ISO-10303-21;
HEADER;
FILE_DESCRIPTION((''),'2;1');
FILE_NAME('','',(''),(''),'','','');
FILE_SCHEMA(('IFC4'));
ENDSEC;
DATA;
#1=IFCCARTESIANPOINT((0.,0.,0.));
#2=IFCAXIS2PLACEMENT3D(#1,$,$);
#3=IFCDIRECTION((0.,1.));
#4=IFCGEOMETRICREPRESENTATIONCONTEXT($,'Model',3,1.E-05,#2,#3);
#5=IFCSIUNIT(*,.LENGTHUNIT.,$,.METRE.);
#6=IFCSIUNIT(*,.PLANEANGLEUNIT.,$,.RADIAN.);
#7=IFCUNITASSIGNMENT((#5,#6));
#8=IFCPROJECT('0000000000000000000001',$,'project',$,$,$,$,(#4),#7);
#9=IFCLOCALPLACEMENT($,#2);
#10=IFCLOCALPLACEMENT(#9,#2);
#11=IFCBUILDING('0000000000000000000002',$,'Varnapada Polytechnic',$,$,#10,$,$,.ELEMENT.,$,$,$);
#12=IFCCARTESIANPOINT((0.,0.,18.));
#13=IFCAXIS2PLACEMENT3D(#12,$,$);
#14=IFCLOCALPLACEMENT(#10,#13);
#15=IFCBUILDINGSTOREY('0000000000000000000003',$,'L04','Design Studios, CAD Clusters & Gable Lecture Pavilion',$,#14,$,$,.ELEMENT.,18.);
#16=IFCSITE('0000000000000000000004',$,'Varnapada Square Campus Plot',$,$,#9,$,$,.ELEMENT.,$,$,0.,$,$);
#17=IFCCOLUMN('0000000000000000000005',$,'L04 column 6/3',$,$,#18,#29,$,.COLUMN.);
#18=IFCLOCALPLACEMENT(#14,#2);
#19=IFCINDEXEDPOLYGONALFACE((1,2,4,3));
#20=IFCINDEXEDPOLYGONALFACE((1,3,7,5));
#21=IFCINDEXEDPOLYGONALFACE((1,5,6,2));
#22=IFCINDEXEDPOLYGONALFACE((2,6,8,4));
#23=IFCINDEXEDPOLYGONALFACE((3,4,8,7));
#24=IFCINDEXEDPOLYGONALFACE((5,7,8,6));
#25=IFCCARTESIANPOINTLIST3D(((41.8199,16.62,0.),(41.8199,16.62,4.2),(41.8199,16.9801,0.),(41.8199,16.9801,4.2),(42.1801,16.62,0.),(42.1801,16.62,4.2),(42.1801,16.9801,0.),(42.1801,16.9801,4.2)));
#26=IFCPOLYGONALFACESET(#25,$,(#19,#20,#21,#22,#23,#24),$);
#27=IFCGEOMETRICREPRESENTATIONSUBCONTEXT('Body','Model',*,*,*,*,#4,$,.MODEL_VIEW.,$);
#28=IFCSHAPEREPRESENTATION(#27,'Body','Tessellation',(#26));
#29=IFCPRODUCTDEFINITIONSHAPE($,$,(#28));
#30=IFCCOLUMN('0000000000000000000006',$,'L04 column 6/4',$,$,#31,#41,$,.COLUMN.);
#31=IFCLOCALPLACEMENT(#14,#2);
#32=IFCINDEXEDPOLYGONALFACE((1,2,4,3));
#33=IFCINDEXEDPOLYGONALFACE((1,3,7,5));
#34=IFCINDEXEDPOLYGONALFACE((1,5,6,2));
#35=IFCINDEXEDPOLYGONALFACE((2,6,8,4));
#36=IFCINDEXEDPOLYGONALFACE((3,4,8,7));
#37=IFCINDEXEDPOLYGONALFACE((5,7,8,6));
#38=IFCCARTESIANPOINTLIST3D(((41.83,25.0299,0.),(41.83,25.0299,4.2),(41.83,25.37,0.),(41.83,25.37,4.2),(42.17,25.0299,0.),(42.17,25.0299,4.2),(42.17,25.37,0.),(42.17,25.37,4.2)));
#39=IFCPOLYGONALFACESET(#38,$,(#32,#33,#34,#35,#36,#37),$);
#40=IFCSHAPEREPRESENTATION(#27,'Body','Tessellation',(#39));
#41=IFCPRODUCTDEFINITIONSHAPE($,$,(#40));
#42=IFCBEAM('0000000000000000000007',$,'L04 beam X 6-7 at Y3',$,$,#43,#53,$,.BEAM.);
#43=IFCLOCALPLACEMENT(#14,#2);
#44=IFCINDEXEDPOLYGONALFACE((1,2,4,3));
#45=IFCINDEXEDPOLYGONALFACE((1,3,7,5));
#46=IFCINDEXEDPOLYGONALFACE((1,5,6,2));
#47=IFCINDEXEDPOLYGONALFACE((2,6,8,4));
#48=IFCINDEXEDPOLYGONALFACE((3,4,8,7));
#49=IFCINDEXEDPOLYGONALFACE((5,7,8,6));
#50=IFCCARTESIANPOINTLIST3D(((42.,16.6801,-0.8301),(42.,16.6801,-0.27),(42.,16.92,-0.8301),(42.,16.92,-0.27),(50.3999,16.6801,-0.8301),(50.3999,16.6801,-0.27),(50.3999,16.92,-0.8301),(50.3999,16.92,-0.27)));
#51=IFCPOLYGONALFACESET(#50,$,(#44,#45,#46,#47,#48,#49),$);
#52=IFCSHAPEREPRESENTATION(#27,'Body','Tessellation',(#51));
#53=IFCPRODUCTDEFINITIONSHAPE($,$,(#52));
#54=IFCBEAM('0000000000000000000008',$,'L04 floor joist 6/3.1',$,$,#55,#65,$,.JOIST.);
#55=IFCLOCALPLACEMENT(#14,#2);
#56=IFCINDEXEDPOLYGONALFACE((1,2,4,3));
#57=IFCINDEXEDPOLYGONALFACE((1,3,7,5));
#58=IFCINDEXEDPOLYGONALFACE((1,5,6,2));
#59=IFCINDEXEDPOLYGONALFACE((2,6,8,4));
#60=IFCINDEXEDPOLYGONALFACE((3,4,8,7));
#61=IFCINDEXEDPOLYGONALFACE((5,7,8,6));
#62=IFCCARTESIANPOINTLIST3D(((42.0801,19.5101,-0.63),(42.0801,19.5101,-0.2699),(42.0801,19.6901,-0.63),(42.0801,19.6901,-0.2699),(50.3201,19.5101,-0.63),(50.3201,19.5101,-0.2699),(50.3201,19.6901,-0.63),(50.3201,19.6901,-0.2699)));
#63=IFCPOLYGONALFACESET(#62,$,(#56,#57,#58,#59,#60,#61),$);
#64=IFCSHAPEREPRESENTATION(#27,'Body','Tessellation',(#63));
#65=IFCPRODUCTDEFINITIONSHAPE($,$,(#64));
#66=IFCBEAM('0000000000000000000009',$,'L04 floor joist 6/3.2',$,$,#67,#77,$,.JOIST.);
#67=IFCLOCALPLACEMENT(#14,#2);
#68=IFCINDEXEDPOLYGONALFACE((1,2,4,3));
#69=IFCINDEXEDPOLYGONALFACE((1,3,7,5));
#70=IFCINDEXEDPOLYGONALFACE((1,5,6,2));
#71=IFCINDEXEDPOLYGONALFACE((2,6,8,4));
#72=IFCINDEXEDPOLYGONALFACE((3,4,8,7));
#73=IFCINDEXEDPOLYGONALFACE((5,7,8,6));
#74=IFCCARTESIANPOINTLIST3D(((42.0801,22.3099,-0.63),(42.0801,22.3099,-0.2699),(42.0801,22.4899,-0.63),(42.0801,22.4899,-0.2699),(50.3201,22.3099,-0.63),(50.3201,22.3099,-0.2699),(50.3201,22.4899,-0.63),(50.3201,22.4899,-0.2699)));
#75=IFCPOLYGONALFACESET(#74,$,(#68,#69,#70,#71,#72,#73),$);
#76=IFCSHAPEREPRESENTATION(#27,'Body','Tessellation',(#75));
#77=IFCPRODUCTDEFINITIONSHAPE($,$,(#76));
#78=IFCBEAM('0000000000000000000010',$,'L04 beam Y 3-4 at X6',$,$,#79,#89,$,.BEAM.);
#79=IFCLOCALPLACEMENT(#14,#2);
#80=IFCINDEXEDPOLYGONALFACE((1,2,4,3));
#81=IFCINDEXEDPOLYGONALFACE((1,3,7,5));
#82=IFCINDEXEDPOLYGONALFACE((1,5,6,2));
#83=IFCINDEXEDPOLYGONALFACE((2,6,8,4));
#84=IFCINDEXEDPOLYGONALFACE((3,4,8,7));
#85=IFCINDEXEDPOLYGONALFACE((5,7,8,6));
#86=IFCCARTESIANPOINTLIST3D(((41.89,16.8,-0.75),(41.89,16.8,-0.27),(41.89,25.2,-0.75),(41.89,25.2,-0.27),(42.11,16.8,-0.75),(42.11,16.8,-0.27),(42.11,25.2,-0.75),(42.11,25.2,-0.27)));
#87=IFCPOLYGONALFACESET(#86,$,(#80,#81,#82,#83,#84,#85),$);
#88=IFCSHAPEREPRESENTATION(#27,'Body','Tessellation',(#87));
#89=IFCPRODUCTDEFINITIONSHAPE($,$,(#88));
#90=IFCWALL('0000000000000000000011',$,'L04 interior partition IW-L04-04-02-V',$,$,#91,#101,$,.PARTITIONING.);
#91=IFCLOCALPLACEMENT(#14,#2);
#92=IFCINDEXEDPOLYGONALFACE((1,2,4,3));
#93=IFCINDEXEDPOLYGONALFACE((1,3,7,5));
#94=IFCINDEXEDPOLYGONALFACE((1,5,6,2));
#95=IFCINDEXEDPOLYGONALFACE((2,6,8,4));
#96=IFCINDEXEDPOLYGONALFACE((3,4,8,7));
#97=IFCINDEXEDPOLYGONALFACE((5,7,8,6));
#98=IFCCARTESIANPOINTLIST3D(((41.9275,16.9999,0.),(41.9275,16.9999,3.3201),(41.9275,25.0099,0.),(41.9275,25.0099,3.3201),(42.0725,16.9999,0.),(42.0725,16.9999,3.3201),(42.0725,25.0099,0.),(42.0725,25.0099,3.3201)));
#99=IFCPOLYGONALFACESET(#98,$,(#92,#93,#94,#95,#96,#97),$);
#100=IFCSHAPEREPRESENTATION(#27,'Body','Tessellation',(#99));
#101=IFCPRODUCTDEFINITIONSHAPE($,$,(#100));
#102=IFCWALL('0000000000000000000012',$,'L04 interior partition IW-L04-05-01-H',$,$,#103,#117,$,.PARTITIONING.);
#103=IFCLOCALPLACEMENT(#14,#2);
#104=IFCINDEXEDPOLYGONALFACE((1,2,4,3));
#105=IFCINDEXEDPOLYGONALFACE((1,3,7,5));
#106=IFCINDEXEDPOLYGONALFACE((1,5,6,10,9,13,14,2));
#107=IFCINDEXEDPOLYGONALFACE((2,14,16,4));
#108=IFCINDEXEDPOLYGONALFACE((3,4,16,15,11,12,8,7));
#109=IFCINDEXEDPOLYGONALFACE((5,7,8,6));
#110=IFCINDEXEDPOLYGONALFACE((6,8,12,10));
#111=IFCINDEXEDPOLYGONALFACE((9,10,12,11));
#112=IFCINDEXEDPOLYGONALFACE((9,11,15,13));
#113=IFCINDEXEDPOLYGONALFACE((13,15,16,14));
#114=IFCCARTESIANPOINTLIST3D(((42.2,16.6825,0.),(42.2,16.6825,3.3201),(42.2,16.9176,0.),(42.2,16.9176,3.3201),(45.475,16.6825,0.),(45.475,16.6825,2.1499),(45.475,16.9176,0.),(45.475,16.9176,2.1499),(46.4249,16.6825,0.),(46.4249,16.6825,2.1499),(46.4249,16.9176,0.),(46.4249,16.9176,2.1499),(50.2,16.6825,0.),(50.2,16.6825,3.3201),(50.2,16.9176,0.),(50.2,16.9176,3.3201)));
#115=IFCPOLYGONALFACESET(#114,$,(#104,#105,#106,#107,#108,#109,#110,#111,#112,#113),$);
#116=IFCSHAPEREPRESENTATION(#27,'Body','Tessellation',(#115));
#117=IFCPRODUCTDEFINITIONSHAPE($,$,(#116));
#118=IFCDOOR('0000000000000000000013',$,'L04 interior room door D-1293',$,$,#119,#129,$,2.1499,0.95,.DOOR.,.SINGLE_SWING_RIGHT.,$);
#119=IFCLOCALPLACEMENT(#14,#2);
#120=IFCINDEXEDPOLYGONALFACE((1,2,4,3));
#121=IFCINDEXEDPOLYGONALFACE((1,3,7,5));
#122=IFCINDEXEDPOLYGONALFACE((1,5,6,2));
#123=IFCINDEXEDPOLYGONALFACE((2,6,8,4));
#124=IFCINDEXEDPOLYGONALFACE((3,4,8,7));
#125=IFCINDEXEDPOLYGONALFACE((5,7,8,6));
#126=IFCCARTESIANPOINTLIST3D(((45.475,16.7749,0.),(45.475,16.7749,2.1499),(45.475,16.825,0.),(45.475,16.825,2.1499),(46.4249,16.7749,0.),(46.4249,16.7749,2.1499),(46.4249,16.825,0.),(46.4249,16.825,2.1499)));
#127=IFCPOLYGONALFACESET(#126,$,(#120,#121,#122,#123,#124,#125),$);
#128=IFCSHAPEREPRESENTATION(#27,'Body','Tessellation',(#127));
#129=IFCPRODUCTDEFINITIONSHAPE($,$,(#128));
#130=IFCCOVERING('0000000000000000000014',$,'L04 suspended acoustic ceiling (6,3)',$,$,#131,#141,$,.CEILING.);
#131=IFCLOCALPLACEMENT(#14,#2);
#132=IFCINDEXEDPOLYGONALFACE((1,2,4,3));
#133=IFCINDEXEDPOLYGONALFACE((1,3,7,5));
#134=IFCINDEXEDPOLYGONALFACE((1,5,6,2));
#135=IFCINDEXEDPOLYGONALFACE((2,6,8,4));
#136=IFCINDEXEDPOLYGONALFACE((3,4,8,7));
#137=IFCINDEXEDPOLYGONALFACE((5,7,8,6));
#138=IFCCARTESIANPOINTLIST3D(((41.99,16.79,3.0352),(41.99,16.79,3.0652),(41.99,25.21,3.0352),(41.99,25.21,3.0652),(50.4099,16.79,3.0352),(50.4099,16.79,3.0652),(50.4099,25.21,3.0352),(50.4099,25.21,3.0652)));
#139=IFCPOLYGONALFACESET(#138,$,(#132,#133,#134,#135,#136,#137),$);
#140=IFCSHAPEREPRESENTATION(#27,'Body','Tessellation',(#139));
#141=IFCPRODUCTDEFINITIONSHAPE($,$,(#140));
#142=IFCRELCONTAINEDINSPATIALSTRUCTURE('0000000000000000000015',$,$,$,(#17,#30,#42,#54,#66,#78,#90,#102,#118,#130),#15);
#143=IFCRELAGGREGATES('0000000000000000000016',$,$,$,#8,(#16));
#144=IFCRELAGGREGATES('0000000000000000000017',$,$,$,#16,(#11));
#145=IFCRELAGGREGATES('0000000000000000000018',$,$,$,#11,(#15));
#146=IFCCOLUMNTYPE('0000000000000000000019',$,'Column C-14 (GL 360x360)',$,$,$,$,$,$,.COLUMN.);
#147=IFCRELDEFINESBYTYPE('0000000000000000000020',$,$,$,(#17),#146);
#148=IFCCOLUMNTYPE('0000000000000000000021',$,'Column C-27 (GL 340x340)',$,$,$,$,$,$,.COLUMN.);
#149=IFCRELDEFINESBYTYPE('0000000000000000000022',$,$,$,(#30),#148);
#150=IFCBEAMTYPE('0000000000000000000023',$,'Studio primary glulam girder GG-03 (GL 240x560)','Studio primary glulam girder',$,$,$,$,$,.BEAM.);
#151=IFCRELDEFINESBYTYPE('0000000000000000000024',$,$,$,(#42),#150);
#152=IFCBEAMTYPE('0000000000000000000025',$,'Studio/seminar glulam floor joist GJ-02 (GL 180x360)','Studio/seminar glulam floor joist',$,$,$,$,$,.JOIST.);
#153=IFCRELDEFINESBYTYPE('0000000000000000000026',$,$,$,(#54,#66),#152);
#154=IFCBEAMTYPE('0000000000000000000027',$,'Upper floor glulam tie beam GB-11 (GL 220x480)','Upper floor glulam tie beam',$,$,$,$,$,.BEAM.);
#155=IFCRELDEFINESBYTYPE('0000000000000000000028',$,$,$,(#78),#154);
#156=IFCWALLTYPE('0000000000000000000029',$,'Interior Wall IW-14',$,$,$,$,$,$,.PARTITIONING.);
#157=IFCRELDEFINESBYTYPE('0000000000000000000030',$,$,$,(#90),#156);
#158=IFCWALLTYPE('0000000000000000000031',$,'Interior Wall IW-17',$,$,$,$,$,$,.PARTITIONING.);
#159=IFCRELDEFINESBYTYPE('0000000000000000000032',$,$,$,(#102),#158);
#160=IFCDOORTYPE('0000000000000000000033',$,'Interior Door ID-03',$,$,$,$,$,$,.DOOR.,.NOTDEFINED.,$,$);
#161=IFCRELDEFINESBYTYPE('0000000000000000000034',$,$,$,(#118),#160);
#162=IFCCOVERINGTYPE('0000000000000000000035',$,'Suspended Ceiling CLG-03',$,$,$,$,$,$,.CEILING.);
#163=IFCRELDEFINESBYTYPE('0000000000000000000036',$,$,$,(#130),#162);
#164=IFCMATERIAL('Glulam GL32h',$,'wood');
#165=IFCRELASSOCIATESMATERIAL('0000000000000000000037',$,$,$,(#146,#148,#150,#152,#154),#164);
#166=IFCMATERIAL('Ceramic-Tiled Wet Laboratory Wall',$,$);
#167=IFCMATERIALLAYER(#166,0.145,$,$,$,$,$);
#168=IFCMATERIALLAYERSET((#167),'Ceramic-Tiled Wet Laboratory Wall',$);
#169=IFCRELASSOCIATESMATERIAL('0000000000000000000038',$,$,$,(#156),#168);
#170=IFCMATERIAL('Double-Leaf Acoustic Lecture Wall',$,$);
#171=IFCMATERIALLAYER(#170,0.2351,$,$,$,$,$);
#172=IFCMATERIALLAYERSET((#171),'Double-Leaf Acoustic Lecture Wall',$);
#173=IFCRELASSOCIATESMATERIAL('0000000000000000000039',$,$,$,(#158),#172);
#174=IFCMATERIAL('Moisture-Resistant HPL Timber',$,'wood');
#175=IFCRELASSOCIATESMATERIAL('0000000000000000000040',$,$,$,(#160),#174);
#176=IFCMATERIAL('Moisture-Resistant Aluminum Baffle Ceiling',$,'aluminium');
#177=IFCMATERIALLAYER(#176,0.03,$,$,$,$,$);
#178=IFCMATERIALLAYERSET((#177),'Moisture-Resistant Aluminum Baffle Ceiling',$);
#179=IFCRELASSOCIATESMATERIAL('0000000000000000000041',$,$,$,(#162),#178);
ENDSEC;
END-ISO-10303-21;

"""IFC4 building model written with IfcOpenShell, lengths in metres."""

from ifc_helpers import new_model, si_unit, direction, frame, frame_2d, origin, origin_2d, place, context, subcontext, project, spatial, rectangle, extrude, material, layer, layer_set, material_profile, profile_set, type_object, element, fill, save


model = new_model("IFC4")

# Units and contexts
model_context = context("Model", 3, precision=1e-05, world=origin(), true_north=direction((0.0, 1.0)))
body_context = subcontext(model_context, "Body", "Model", "MODEL_VIEW")
ifc_project = project(units=[si_unit("LENGTHUNIT", "METRE"), si_unit("PLANEANGLEUNIT", "RADIAN")], contexts=[model_context])

# Site, building, storey
site_placement = place(None, origin())
site = spatial("IfcSite", under=ifc_project, at=site_placement, Name="Varnapada Square Campus Plot", CompositionType="ELEMENT", RefElevation=0.0)
building_placement = place(site_placement, origin())
building = spatial("IfcBuilding", under=site, at=building_placement, Name="Varnapada Polytechnic", CompositionType="ELEMENT")
storey_placement = place(building_placement, frame((0.0, 0.0, 18.0)))
storey = spatial("IfcBuildingStorey", under=building, at=storey_placement, Name="L04", Description="Design Studios, CAD Clusters & Gable Lecture Pavilion", CompositionType="ELEMENT", Elevation=18.0)

# Columns
ifc_material_1 = material(Name="Glulam GL32h", Category="wood")
ifc_material_profile_1 = material_profile(ifc_material_1, rectangle(XDim=0.3601, YDim=0.3601, at=origin_2d()), Name="GL 360x360")
ifc_profile_set_1 = profile_set([ifc_material_profile_1], Name="Glulam GL32h")
column_type_1 = type_object("IfcColumnType", Name="Column C-14 (GL 360x360)", PredefinedType="COLUMN", material=ifc_profile_set_1)
column_1_placement = place(storey_placement, frame((42.0, 16.8, 0.0), z_axis=(0.0, 0.0, 1.0), x_axis=(1.0, 0.0, 0.0)))
element("IfcColumn", 1, at=column_1_placement, inside=storey, type_object=column_type_1, Name="L04 column 6/3", PredefinedType="COLUMN", context=body_context, shape_type="SweptSolid", body=[
    extrude(rectangle(XDim=0.3601, YDim=0.3601, at=origin_2d()), origin(), (0.0, 0.0, 1.0), 4.2),
])
ifc_material_profile_2 = material_profile(ifc_material_1, rectangle(XDim=0.3401, YDim=0.3401, at=origin_2d()), Name="GL 340x340")
ifc_profile_set_2 = profile_set([ifc_material_profile_2], Name="Glulam GL32h")
column_type_2 = type_object("IfcColumnType", Name="Column C-27 (GL 340x340)", PredefinedType="COLUMN", material=ifc_profile_set_2)
column_2_placement = place(storey_placement, frame((42.0, 25.2, 0.0), z_axis=(0.0, 0.0, 1.0), x_axis=(1.0, 0.0, 0.0)))
element("IfcColumn", 2, at=column_2_placement, inside=storey, type_object=column_type_2, Name="L04 column 6/4", PredefinedType="COLUMN", context=body_context, shape_type="SweptSolid", body=[
    extrude(rectangle(XDim=0.3401, YDim=0.3401, at=origin_2d()), origin(), (0.0, 0.0, 1.0), 4.2),
])

# Beams
ifc_material_profile_3 = material_profile(ifc_material_1, rectangle(XDim=0.24, YDim=0.5601, at=origin_2d()), Name="GL 240x560")
ifc_profile_set_3 = profile_set([ifc_material_profile_3], Name="Glulam GL32h")
beam_type_1 = type_object("IfcBeamType", Name="Studio primary glulam girder GG-03 (GL 240x560)", Description="Studio primary glulam girder", PredefinedType="BEAM", material=ifc_profile_set_3)
beam_1_placement = place(storey_placement, frame((42.0, 16.8, -0.55), z_axis=(1.0, 0.0, 0.0), x_axis=(0.0, 1.0, 0.0)))
element("IfcBeam", 3, at=beam_1_placement, inside=storey, type_object=beam_type_1, Name="L04 beam X 6-7 at Y3", PredefinedType="BEAM", context=body_context, shape_type="SweptSolid", body=[
    extrude(rectangle(XDim=0.24, YDim=0.5601, at=origin_2d()), origin(), (0.0, 0.0, 1.0), 8.3999),
])
ifc_material_profile_4 = material_profile(ifc_material_1, rectangle(XDim=0.1799, YDim=0.3601, at=origin_2d()), Name="GL 180x360")
ifc_profile_set_4 = profile_set([ifc_material_profile_4], Name="Glulam GL32h")
beam_type_2 = type_object("IfcBeamType", Name="Studio/seminar glulam floor joist GJ-02 (GL 180x360)", Description="Studio/seminar glulam floor joist", PredefinedType="JOIST", material=ifc_profile_set_4)
for number, where, z_axis, x_axis, name in (
    (4, (42.0801, 19.6001, -0.45), (1.0, 0.0, 0.0), (0.0, 1.0, 0.0), "L04 floor joist 6/3.1"),
    (5, (42.0801, 22.3999, -0.45), (1.0, 0.0, 0.0), (0.0, 1.0, 0.0), "L04 floor joist 6/3.2"),
):
    element("IfcBeam", number, at=place(storey_placement, frame(where, z_axis=z_axis, x_axis=x_axis)), inside=storey, type_object=beam_type_2, Name=name, PredefinedType="JOIST", context=body_context, shape_type="SweptSolid", body=[
        extrude(rectangle(XDim=0.1799, YDim=0.3601, at=origin_2d()), origin(), (0.0, 0.0, 1.0), 8.24),
    ])
ifc_material_profile_5 = material_profile(ifc_material_1, rectangle(XDim=0.22, YDim=0.48, at=origin_2d()), Name="GL 220x480")
ifc_profile_set_5 = profile_set([ifc_material_profile_5], Name="Glulam GL32h")
beam_type_3 = type_object("IfcBeamType", Name="Upper floor glulam tie beam GB-11 (GL 220x480)", Description="Upper floor glulam tie beam", PredefinedType="BEAM", material=ifc_profile_set_5)
beam_2_placement = place(storey_placement, frame((42.0, 16.8, -0.51), z_axis=(0.0, 1.0, 0.0), x_axis=(-1.0, 0.0, 0.0)))
element("IfcBeam", 6, at=beam_2_placement, inside=storey, type_object=beam_type_3, Name="L04 beam Y 3-4 at X6", PredefinedType="BEAM", context=body_context, shape_type="SweptSolid", body=[
    extrude(rectangle(XDim=0.22, YDim=0.48, at=origin_2d()), origin(), (0.0, 0.0, 1.0), 8.3999),
])

# Wall
ifc_material_2 = material(Name="Ceramic-Tiled Wet Laboratory Wall")
ifc_layer_1 = layer(ifc_material_2, 0.145)
ifc_layer_set_1 = layer_set([ifc_layer_1], Name="Ceramic-Tiled Wet Laboratory Wall")
wall_type_1 = type_object("IfcWallType", Name="Interior Wall IW-14", PredefinedType="PARTITIONING", material=ifc_layer_set_1)
wall_1_placement = place(storey_placement, frame((42.0, 17.0, 0.0), z_axis=(0.0, 0.0, 1.0), x_axis=(0.0, 1.0, 0.0)))
element("IfcWall", 7, at=wall_1_placement, inside=storey, type_object=wall_type_1, Name="L04 interior partition IW-L04-04-02-V", PredefinedType="PARTITIONING", context=body_context, shape_type="SweptSolid", body=[
    extrude(rectangle(XDim=8.01, YDim=0.145, at=frame_2d((4.0049, 0.0))), origin(), (0.0, 0.0, 1.0), 3.3201),
])

# Wall, opening, door
ifc_material_3 = material(Name="Double-Leaf Acoustic Lecture Wall")
ifc_layer_2 = layer(ifc_material_3, 0.2351)
ifc_layer_set_2 = layer_set([ifc_layer_2], Name="Double-Leaf Acoustic Lecture Wall")
wall_type_2 = type_object("IfcWallType", Name="Interior Wall IW-17", PredefinedType="PARTITIONING", material=ifc_layer_set_2)
wall_2_placement = place(storey_placement, frame((42.2, 16.8, 0.0), z_axis=(0.0, 0.0, 1.0), x_axis=(1.0, 0.0, 0.0)))
wall_2 = element("IfcWall", 8, at=wall_2_placement, inside=storey, type_object=wall_type_2, Name="L04 interior partition IW-L04-05-01-H", PredefinedType="PARTITIONING", context=body_context, shape_type="SweptSolid", body=[
    extrude(rectangle(XDim=8.0, YDim=0.2351, at=frame_2d((4.0, 0.0))), origin(), (0.0, 0.0, 1.0), 3.3201),
])
opening_placement = place(wall_2_placement, frame((3.2749, 0.0, 0.0)))
opening = element("IfcOpeningElement", 9, at=opening_placement, cuts=wall_2, PredefinedType="OPENING", context=body_context, shape_type="SweptSolid", body=[
    extrude(rectangle(XDim=0.95, YDim=2.1499, at=frame_2d((0.4751, 1.075))), frame((0.0, 0.1274, 0.0), z_axis=(0.0, -1.0, 0.0), x_axis=(1.0, 0.0, 0.0)), (0.0, 0.0, 1.0), 0.2551),
])
ifc_material_4 = material(Name="Moisture-Resistant HPL Timber", Category="wood")
door_type = type_object("IfcDoorType", Name="Interior Door ID-03", OperationType="NOTDEFINED", PredefinedType="DOOR", material=ifc_material_4)
door_placement = place(opening_placement, origin())
door = element("IfcDoor", 10, at=door_placement, inside=storey, type_object=door_type, Name="L04 interior room door D-1293", OperationType="SINGLE_SWING_RIGHT", OverallHeight=2.1499, OverallWidth=0.95, PredefinedType="DOOR", context=body_context, shape_type="SweptSolid", body=[
    extrude(rectangle(XDim=0.95, YDim=2.1499, at=frame_2d((0.4751, 1.075))), frame((0.0, 0.0249, 0.0), z_axis=(0.0, -1.0, 0.0), x_axis=(1.0, 0.0, 0.0)), (0.0, 0.0, 1.0), 0.05),
])
fill(opening, door)

# Covering
ifc_material_5 = material(Name="Moisture-Resistant Aluminum Baffle Ceiling", Category="aluminium")
ifc_layer_3 = layer(ifc_material_5, 0.03)
ifc_layer_set_3 = layer_set([ifc_layer_3], Name="Moisture-Resistant Aluminum Baffle Ceiling")
covering_type = type_object("IfcCoveringType", Name="Suspended Ceiling CLG-03", PredefinedType="CEILING", material=ifc_layer_set_3)
covering_placement = place(storey_placement, frame((46.2, 21.0, 3.0352), z_axis=(0.0, 0.0, 1.0), x_axis=(1.0, 0.0, 0.0)))
element("IfcCovering", 11, at=covering_placement, inside=storey, type_object=covering_type, Name="L04 suspended acoustic ceiling (6,3)", PredefinedType="CEILING", context=body_context, shape_type="SweptSolid", body=[
    extrude(rectangle(XDim=8.4199, YDim=8.4199, at=origin_2d()), origin(), (0.0, 0.0, 1.0), 0.03),
])

save(model, "model.ifc")
